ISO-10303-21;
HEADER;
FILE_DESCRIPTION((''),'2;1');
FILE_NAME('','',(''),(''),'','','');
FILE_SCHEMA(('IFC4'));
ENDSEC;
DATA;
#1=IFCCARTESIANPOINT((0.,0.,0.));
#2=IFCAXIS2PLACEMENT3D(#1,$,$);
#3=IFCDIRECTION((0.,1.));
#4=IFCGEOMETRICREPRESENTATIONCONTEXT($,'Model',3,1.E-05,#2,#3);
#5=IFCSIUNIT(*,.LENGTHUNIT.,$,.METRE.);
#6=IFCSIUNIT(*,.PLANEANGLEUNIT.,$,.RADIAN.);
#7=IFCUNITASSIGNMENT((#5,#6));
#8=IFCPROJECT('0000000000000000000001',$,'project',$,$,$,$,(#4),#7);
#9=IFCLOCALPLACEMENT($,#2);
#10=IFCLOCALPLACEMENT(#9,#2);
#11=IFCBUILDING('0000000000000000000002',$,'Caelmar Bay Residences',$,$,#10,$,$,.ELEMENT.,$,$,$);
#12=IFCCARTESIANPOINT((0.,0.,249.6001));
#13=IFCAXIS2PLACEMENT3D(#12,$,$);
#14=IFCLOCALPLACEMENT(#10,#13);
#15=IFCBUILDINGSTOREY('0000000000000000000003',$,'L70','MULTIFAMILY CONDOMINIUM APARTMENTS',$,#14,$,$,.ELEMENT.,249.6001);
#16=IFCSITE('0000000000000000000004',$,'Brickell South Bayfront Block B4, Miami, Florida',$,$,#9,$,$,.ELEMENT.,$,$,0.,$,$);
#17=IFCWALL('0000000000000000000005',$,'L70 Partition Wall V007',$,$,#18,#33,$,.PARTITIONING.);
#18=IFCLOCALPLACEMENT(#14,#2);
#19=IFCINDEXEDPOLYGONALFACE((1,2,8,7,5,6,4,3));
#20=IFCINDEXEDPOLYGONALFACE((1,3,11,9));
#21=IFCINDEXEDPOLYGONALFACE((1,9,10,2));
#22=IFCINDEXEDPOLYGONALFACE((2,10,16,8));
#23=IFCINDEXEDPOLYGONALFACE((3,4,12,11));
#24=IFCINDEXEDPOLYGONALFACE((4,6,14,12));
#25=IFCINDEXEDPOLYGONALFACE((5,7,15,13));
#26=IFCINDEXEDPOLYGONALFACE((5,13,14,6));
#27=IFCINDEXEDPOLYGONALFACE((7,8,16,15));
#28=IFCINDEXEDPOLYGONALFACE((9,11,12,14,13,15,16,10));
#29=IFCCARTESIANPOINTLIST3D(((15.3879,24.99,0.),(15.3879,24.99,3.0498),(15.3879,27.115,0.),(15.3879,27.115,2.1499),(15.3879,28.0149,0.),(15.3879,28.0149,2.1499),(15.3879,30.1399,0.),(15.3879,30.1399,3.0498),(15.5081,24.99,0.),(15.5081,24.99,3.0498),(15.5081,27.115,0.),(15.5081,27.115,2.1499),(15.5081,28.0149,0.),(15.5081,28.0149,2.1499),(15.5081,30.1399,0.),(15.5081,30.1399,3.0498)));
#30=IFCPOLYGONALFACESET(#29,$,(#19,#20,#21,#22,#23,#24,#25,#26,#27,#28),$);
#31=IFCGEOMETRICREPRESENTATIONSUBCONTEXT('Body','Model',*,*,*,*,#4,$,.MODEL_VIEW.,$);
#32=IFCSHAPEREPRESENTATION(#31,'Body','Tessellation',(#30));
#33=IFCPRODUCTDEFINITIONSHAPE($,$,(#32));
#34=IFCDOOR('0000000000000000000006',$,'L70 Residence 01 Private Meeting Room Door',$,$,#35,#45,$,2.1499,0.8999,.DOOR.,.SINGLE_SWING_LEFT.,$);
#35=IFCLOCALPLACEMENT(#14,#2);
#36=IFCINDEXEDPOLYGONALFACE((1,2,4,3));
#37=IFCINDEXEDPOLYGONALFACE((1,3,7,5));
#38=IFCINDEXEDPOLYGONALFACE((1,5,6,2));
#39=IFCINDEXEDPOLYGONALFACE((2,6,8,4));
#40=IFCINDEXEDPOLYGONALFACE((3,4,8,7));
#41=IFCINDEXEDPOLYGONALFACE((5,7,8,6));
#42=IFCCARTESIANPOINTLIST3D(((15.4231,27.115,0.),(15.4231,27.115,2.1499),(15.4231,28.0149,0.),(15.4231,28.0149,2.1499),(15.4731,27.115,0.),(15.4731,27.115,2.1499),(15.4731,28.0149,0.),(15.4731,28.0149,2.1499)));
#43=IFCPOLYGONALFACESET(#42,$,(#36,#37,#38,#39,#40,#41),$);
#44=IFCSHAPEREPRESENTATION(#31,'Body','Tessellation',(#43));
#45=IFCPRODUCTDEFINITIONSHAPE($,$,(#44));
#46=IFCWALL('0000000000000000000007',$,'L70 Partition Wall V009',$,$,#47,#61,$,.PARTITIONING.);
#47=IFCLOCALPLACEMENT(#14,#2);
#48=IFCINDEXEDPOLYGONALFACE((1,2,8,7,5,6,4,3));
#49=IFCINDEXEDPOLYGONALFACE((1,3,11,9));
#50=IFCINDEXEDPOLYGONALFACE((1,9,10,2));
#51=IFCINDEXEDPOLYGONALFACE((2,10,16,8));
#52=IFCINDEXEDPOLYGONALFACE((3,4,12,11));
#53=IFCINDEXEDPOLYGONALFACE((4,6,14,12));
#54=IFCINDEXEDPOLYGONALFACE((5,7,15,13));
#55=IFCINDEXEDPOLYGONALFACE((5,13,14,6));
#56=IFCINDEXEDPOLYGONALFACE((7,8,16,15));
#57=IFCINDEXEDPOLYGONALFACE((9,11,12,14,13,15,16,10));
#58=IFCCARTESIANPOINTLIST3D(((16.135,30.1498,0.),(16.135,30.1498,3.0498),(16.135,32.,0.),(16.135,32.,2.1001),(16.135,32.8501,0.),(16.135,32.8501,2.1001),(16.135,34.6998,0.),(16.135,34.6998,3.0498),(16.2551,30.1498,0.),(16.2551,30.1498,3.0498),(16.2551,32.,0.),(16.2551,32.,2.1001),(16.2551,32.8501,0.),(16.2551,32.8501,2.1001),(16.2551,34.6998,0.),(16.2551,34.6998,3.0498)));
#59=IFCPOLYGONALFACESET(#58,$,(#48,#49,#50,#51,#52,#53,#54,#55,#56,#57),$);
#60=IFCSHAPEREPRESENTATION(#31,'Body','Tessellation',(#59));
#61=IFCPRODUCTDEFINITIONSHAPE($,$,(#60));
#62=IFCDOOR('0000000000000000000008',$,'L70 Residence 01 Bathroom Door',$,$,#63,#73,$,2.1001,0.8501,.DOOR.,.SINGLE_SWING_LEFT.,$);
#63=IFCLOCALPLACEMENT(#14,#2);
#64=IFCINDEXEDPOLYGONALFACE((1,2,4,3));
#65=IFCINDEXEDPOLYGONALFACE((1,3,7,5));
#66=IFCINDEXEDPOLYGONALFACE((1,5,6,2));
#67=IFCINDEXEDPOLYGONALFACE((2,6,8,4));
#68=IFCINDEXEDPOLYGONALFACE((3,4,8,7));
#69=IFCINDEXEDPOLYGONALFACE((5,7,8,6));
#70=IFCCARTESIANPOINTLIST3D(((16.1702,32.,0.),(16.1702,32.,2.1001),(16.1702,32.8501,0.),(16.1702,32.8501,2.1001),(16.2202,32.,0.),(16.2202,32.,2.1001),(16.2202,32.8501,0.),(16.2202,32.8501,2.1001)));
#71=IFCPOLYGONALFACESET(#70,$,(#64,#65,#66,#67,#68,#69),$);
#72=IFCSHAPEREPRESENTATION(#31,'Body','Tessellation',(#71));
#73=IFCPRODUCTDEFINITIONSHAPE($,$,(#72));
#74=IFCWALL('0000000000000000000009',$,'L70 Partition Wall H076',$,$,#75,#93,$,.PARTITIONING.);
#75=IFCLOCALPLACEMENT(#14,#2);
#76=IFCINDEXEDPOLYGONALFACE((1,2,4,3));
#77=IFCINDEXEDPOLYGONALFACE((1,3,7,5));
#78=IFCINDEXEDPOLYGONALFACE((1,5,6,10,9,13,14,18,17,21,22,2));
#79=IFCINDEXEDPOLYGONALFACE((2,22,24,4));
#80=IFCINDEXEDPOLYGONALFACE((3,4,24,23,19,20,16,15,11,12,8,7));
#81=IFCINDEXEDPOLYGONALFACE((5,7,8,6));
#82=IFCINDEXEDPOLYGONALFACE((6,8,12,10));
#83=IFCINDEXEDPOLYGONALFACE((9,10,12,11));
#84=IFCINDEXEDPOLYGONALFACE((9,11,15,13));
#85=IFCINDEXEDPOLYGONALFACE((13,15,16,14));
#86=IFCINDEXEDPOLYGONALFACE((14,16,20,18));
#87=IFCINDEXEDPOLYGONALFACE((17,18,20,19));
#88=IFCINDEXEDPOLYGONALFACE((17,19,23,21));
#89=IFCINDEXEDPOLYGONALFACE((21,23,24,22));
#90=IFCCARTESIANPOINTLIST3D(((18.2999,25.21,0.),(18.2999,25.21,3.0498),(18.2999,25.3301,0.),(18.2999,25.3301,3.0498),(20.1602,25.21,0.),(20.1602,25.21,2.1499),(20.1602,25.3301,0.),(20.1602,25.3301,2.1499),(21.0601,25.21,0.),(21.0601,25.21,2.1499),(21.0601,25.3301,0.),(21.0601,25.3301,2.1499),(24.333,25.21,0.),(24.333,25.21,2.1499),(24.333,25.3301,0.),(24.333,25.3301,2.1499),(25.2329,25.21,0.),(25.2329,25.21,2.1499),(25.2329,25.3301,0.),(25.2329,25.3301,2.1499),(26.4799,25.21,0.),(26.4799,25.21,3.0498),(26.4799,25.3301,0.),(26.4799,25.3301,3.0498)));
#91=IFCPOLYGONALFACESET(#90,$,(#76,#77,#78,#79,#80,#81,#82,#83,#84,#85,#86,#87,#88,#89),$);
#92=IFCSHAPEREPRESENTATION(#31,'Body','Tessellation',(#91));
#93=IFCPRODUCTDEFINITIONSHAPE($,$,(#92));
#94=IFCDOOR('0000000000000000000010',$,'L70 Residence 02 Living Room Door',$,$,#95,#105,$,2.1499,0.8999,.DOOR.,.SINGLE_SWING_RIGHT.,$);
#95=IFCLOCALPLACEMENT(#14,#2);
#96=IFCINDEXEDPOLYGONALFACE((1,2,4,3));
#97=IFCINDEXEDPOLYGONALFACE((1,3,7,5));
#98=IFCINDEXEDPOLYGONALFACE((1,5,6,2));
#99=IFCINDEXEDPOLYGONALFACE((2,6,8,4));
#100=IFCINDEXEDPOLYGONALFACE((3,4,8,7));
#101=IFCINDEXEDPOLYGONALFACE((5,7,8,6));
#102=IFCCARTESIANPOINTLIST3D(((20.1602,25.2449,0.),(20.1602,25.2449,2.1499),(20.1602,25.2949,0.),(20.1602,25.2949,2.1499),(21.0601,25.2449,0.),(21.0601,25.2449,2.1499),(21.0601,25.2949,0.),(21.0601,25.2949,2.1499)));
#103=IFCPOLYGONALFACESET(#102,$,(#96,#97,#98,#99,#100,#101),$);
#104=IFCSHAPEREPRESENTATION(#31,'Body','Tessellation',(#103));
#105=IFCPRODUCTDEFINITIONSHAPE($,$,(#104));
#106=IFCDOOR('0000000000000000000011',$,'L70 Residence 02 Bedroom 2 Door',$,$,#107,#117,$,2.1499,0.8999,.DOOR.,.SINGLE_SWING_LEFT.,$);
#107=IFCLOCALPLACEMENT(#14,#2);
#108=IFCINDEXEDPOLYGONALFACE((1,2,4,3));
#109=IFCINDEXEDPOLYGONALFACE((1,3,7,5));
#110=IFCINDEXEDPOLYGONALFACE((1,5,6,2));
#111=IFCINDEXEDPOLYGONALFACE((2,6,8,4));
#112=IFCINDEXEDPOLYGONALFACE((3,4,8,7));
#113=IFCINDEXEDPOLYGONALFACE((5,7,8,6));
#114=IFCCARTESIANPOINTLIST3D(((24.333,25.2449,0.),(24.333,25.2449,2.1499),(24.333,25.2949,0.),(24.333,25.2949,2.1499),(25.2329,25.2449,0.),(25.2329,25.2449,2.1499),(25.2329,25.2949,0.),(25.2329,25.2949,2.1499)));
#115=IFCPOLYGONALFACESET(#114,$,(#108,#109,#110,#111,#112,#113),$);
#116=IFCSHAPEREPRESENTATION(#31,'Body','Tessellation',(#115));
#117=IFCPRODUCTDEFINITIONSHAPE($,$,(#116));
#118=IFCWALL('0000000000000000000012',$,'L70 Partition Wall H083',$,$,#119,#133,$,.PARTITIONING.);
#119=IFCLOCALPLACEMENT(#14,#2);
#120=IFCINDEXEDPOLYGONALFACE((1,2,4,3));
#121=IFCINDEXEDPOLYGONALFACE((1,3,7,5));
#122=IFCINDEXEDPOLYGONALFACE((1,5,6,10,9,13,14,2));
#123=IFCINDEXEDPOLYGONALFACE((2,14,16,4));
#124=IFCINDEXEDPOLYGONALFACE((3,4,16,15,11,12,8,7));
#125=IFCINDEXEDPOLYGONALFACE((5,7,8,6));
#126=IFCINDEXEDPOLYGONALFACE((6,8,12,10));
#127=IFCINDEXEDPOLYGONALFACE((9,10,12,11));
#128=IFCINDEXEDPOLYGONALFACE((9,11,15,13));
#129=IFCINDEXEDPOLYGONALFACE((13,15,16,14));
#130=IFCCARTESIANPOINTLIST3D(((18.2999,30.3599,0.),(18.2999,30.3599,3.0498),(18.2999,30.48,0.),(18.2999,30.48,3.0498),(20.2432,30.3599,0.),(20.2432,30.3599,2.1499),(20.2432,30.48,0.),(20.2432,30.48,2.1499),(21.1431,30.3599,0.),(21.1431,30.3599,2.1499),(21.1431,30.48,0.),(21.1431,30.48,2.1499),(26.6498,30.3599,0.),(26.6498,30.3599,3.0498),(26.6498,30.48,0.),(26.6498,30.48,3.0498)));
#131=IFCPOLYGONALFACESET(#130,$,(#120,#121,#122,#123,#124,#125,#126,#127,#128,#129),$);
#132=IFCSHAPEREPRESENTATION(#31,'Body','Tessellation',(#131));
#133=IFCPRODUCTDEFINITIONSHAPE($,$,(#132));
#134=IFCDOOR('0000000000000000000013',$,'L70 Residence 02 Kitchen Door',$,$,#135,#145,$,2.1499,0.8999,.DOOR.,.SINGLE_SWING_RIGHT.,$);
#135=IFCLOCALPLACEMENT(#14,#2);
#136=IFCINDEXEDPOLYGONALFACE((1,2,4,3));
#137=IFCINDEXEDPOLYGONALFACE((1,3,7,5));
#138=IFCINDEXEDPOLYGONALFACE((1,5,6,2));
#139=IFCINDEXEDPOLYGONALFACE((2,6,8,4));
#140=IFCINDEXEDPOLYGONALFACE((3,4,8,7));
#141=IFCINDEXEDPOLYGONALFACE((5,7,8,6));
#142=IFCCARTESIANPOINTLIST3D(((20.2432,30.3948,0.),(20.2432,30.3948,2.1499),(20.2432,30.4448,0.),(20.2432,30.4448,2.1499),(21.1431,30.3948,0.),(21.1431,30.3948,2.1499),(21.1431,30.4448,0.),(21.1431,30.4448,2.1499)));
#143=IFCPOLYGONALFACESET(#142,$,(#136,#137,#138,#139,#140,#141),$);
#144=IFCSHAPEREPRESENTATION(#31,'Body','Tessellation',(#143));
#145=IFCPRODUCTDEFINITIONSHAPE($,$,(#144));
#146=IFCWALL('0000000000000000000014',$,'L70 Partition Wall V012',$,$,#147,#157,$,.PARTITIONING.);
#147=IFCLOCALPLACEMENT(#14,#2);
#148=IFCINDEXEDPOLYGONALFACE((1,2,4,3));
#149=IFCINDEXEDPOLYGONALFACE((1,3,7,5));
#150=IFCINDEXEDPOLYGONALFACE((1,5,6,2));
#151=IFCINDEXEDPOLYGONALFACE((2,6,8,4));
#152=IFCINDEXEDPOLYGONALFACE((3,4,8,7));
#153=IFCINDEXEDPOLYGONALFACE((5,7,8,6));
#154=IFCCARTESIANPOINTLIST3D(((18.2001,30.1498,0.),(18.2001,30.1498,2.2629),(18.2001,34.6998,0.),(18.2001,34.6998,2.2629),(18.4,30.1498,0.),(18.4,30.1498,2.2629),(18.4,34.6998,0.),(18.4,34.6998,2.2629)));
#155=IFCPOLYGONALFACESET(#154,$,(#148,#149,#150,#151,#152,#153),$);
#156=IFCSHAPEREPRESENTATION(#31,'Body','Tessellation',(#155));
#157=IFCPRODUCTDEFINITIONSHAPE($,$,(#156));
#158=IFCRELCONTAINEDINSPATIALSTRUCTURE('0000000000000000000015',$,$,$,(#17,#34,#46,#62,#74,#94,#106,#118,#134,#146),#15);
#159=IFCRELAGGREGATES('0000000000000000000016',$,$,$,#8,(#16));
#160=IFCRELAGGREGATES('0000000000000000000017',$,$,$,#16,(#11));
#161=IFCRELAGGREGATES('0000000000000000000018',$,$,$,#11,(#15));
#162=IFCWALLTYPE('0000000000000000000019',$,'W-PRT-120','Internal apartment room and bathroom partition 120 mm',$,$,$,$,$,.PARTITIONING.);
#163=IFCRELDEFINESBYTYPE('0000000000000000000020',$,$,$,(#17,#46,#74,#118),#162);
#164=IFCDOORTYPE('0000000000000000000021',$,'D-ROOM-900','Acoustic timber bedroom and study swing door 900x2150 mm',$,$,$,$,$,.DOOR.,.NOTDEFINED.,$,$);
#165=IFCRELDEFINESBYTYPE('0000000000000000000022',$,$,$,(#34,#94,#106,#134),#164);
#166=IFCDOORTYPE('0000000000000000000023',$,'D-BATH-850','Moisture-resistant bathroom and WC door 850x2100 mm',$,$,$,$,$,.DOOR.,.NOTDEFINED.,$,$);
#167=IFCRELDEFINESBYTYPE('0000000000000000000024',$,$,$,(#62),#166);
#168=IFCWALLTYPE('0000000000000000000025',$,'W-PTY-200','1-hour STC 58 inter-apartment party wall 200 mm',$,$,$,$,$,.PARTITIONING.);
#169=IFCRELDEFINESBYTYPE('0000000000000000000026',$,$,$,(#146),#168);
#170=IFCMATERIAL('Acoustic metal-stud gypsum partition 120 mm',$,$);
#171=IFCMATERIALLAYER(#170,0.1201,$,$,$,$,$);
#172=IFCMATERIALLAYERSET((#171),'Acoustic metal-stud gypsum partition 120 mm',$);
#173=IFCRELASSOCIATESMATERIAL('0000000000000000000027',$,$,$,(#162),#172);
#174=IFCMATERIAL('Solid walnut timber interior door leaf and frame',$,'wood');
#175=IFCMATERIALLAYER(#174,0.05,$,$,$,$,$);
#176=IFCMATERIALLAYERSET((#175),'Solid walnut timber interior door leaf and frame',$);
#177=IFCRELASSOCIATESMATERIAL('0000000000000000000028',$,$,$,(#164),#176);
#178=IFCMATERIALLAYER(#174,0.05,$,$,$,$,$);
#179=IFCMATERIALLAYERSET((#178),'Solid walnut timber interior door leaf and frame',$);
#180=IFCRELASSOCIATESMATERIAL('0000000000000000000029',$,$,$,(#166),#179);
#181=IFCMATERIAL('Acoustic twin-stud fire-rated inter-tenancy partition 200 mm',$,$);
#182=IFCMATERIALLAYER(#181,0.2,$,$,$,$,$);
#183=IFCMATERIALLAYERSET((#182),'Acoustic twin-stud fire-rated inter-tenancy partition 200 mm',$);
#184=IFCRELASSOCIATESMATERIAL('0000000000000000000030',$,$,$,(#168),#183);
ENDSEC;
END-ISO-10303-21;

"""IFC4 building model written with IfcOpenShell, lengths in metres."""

from ifc_helpers import new_model, si_unit, direction, frame, frame_2d, origin, place, context, subcontext, project, spatial, rectangle, extrude, material, layer, layer_set, type_object, element, fill, save


model = new_model("IFC4")

# Units and contexts
model_context = context("Model", 3, precision=1e-05, world=origin(), true_north=direction((0.0, 1.0)))
body_context = subcontext(model_context, "Body", "Model", "MODEL_VIEW")
ifc_project = project(units=[si_unit("LENGTHUNIT", "METRE"), si_unit("PLANEANGLEUNIT", "RADIAN")], contexts=[model_context])

# Site, building, storey
site_placement = place(None, origin())
site = spatial("IfcSite", under=ifc_project, at=site_placement, Name="Brickell South Bayfront Block B4, Miami, Florida", CompositionType="ELEMENT", RefElevation=0.0)
building_placement = place(site_placement, origin())
building = spatial("IfcBuilding", under=site, at=building_placement, Name="Caelmar Bay Residences", CompositionType="ELEMENT")
storey_placement = place(building_placement, frame((0.0, 0.0, 249.6001)))
storey = spatial("IfcBuildingStorey", under=building, at=storey_placement, Name="L70", Description="MULTIFAMILY CONDOMINIUM APARTMENTS", CompositionType="ELEMENT", Elevation=249.6001)

# Walls, openings, doors
ifc_material_1 = material(Name="Acoustic metal-stud gypsum partition 120 mm")
ifc_layer_1 = layer(ifc_material_1, 0.1201)
ifc_layer_set_1 = layer_set([ifc_layer_1], Name="Acoustic metal-stud gypsum partition 120 mm")
wall_type_1 = type_object("IfcWallType", Name="W-PRT-120", Description="Internal apartment room and bathroom partition 120 mm", PredefinedType="PARTITIONING", material=ifc_layer_set_1)
wall_1_placement = place(storey_placement, frame((15.448, 24.99, 0.0), z_axis=(0.0, 0.0, 1.0), x_axis=(0.0, 1.0, 0.0)))
wall_1 = element("IfcWall", 1, at=wall_1_placement, inside=storey, type_object=wall_type_1, Name="L70 Partition Wall V007", PredefinedType="PARTITIONING", context=body_context, shape_type="SweptSolid", body=[
    extrude(rectangle(XDim=5.1499, YDim=0.1201, at=frame_2d((2.575, 0.0))), origin(), (0.0, 0.0, 1.0), 3.0498),
])
opening_1_placement = place(wall_1_placement, frame((2.125, 0.0, 0.0)))
opening_1 = element("IfcOpeningElement", 2, at=opening_1_placement, cuts=wall_1, PredefinedType="OPENING", context=body_context, shape_type="SweptSolid", body=[
    extrude(rectangle(XDim=0.8999, YDim=2.1499, at=frame_2d((0.45, 1.075))), frame((0.0, 0.0701, 0.0), z_axis=(0.0, -1.0, 0.0), x_axis=(1.0, 0.0, 0.0)), (0.0, 0.0, 1.0), 0.1401),
])
ifc_material_2 = material(Name="Solid walnut timber interior door leaf and frame", Category="wood")
ifc_layer_2 = layer(ifc_material_2, 0.05)
ifc_layer_set_2 = layer_set([ifc_layer_2], Name="Solid walnut timber interior door leaf and frame")
door_type_1 = type_object("IfcDoorType", Name="D-ROOM-900", Description="Acoustic timber bedroom and study swing door 900x2150 mm", OperationType="NOTDEFINED", PredefinedType="DOOR", material=ifc_layer_set_2)
door_1_placement = place(opening_1_placement, origin())
door_1 = element("IfcDoor", 3, at=door_1_placement, inside=storey, type_object=door_type_1, Name="L70 Residence 01 Private Meeting Room Door", OperationType="SINGLE_SWING_LEFT", OverallHeight=2.1499, OverallWidth=0.8999, PredefinedType="DOOR", context=body_context, shape_type="SweptSolid", body=[
    extrude(rectangle(XDim=0.8999, YDim=2.1499, at=frame_2d((0.45, 1.075))), frame((0.0, 0.0249, 0.0), z_axis=(0.0, -1.0, 0.0), x_axis=(1.0, 0.0, 0.0)), (0.0, 0.0, 1.0), 0.05),
])
fill(opening_1, door_1)
wall_2_placement = place(storey_placement, frame((16.1951, 30.1499, 0.0), z_axis=(0.0, 0.0, 1.0), x_axis=(0.0, 1.0, 0.0)))
wall_2 = element("IfcWall", 4, at=wall_2_placement, inside=storey, type_object=wall_type_1, Name="L70 Partition Wall V009", PredefinedType="PARTITIONING", context=body_context, shape_type="SweptSolid", body=[
    extrude(rectangle(XDim=4.55, YDim=0.1201, at=frame_2d((2.2749, 0.0))), origin(), (0.0, 0.0, 1.0), 3.0498),
])
opening_2_placement = place(wall_2_placement, frame((1.8501, 0.0, 0.0)))
opening_2 = element("IfcOpeningElement", 5, at=opening_2_placement, cuts=wall_2, PredefinedType="OPENING", context=body_context, shape_type="SweptSolid", body=[
    extrude(rectangle(XDim=0.8501, YDim=2.1001, at=frame_2d((0.425, 1.05))), frame((0.0, 0.0701, 0.0), z_axis=(0.0, -1.0, 0.0), x_axis=(1.0, 0.0, 0.0)), (0.0, 0.0, 1.0), 0.1401),
])
ifc_layer_3 = layer(ifc_material_2, 0.05)
ifc_layer_set_3 = layer_set([ifc_layer_3], Name="Solid walnut timber interior door leaf and frame")
door_type_2 = type_object("IfcDoorType", Name="D-BATH-850", Description="Moisture-resistant bathroom and WC door 850x2100 mm", OperationType="NOTDEFINED", PredefinedType="DOOR", material=ifc_layer_set_3)
door_2_placement = place(opening_2_placement, origin())
door_2 = element("IfcDoor", 6, at=door_2_placement, inside=storey, type_object=door_type_2, Name="L70 Residence 01 Bathroom Door", OperationType="SINGLE_SWING_LEFT", OverallHeight=2.1001, OverallWidth=0.8501, PredefinedType="DOOR", context=body_context, shape_type="SweptSolid", body=[
    extrude(rectangle(XDim=0.8501, YDim=2.1001, at=frame_2d((0.425, 1.05))), frame((0.0, 0.0249, 0.0), z_axis=(0.0, -1.0, 0.0), x_axis=(1.0, 0.0, 0.0)), (0.0, 0.0, 1.0), 0.05),
])
fill(opening_2, door_2)

# Wall, openings, doors
wall_3_placement = place(storey_placement, frame((18.3, 25.27, 0.0), z_axis=(0.0, 0.0, 1.0), x_axis=(1.0, 0.0, 0.0)))
wall_3 = element("IfcWall", 7, at=wall_3_placement, inside=storey, type_object=wall_type_1, Name="L70 Partition Wall H076", PredefinedType="PARTITIONING", context=body_context, shape_type="SweptSolid", body=[
    extrude(rectangle(XDim=8.1799, YDim=0.1201, at=frame_2d((4.0898, 0.0))), origin(), (0.0, 0.0, 1.0), 3.0498),
])
opening_3_placement = place(wall_3_placement, frame((1.8601, 0.0, 0.0)))
opening_3 = element("IfcOpeningElement", 8, at=opening_3_placement, cuts=wall_3, PredefinedType="OPENING", context=body_context, shape_type="SweptSolid", body=[
    extrude(rectangle(XDim=0.8999, YDim=2.1499, at=frame_2d((0.45, 1.075))), frame((0.0, 0.0701, 0.0), z_axis=(0.0, -1.0, 0.0), x_axis=(1.0, 0.0, 0.0)), (0.0, 0.0, 1.0), 0.1401),
])
opening_4_placement = place(wall_3_placement, frame((6.033, 0.0, 0.0)))
opening_4 = element("IfcOpeningElement", 9, at=opening_4_placement, cuts=wall_3, PredefinedType="OPENING", context=body_context, shape_type="SweptSolid", body=[
    extrude(rectangle(XDim=0.8999, YDim=2.1499, at=frame_2d((0.45, 1.075))), frame((0.0, 0.0701, 0.0), z_axis=(0.0, -1.0, 0.0), x_axis=(1.0, 0.0, 0.0)), (0.0, 0.0, 1.0), 0.1401),
])
door_3_placement = place(opening_3_placement, origin())
door_3 = element("IfcDoor", 10, at=door_3_placement, inside=storey, type_object=door_type_1, Name="L70 Residence 02 Living Room Door", OperationType="SINGLE_SWING_RIGHT", OverallHeight=2.1499, OverallWidth=0.8999, PredefinedType="DOOR", context=body_context, shape_type="SweptSolid", body=[
    extrude(rectangle(XDim=0.8999, YDim=2.1499, at=frame_2d((0.45, 1.075))), frame((0.0, 0.0249, 0.0), z_axis=(0.0, -1.0, 0.0), x_axis=(1.0, 0.0, 0.0)), (0.0, 0.0, 1.0), 0.05),
])
fill(opening_3, door_3)
door_4_placement = place(opening_4_placement, origin())
door_4 = element("IfcDoor", 11, at=door_4_placement, inside=storey, type_object=door_type_1, Name="L70 Residence 02 Bedroom 2 Door", OperationType="SINGLE_SWING_LEFT", OverallHeight=2.1499, OverallWidth=0.8999, PredefinedType="DOOR", context=body_context, shape_type="SweptSolid", body=[
    extrude(rectangle(XDim=0.8999, YDim=2.1499, at=frame_2d((0.45, 1.075))), frame((0.0, 0.0249, 0.0), z_axis=(0.0, -1.0, 0.0), x_axis=(1.0, 0.0, 0.0)), (0.0, 0.0, 1.0), 0.05),
])
fill(opening_4, door_4)

# Wall, opening, door
wall_4_placement = place(storey_placement, frame((18.3, 30.4199, 0.0), z_axis=(0.0, 0.0, 1.0), x_axis=(1.0, 0.0, 0.0)))
wall_4 = element("IfcWall", 12, at=wall_4_placement, inside=storey, type_object=wall_type_1, Name="L70 Partition Wall H083", PredefinedType="PARTITIONING", context=body_context, shape_type="SweptSolid", body=[
    extrude(rectangle(XDim=8.3499, YDim=0.1201, at=frame_2d((4.1748, 0.0))), origin(), (0.0, 0.0, 1.0), 3.0498),
])
opening_5_placement = place(wall_4_placement, frame((1.9431, 0.0, 0.0)))
opening_5 = element("IfcOpeningElement", 13, at=opening_5_placement, cuts=wall_4, PredefinedType="OPENING", context=body_context, shape_type="SweptSolid", body=[
    extrude(rectangle(XDim=0.8999, YDim=2.1499, at=frame_2d((0.45, 1.075))), frame((0.0, 0.0701, 0.0), z_axis=(0.0, -1.0, 0.0), x_axis=(1.0, 0.0, 0.0)), (0.0, 0.0, 1.0), 0.1401),
])
door_5_placement = place(opening_5_placement, origin())
door_5 = element("IfcDoor", 14, at=door_5_placement, inside=storey, type_object=door_type_1, Name="L70 Residence 02 Kitchen Door", OperationType="SINGLE_SWING_RIGHT", OverallHeight=2.1499, OverallWidth=0.8999, PredefinedType="DOOR", context=body_context, shape_type="SweptSolid", body=[
    extrude(rectangle(XDim=0.8999, YDim=2.1499, at=frame_2d((0.45, 1.075))), frame((0.0, 0.0249, 0.0), z_axis=(0.0, -1.0, 0.0), x_axis=(1.0, 0.0, 0.0)), (0.0, 0.0, 1.0), 0.05),
])
fill(opening_5, door_5)

# Wall
ifc_material_3 = material(Name="Acoustic twin-stud fire-rated inter-tenancy partition 200 mm")
ifc_layer_4 = layer(ifc_material_3, 0.2)
ifc_layer_set_4 = layer_set([ifc_layer_4], Name="Acoustic twin-stud fire-rated inter-tenancy partition 200 mm")
wall_type_2 = type_object("IfcWallType", Name="W-PTY-200", Description="1-hour STC 58 inter-apartment party wall 200 mm", PredefinedType="PARTITIONING", material=ifc_layer_set_4)
wall_5_placement = place(storey_placement, frame((18.3, 30.1499, 0.0), z_axis=(0.0, 0.0, 1.0), x_axis=(0.0, 1.0, 0.0)))
element("IfcWall", 15, at=wall_5_placement, inside=storey, type_object=wall_type_2, Name="L70 Partition Wall V012", PredefinedType="PARTITIONING", context=body_context, shape_type="SweptSolid", body=[
    extrude(rectangle(XDim=4.55, YDim=0.2, at=frame_2d((2.2749, 0.0))), origin(), (0.0, 0.0, 1.0), 2.2629),
])

save(model, "model.ifc")
